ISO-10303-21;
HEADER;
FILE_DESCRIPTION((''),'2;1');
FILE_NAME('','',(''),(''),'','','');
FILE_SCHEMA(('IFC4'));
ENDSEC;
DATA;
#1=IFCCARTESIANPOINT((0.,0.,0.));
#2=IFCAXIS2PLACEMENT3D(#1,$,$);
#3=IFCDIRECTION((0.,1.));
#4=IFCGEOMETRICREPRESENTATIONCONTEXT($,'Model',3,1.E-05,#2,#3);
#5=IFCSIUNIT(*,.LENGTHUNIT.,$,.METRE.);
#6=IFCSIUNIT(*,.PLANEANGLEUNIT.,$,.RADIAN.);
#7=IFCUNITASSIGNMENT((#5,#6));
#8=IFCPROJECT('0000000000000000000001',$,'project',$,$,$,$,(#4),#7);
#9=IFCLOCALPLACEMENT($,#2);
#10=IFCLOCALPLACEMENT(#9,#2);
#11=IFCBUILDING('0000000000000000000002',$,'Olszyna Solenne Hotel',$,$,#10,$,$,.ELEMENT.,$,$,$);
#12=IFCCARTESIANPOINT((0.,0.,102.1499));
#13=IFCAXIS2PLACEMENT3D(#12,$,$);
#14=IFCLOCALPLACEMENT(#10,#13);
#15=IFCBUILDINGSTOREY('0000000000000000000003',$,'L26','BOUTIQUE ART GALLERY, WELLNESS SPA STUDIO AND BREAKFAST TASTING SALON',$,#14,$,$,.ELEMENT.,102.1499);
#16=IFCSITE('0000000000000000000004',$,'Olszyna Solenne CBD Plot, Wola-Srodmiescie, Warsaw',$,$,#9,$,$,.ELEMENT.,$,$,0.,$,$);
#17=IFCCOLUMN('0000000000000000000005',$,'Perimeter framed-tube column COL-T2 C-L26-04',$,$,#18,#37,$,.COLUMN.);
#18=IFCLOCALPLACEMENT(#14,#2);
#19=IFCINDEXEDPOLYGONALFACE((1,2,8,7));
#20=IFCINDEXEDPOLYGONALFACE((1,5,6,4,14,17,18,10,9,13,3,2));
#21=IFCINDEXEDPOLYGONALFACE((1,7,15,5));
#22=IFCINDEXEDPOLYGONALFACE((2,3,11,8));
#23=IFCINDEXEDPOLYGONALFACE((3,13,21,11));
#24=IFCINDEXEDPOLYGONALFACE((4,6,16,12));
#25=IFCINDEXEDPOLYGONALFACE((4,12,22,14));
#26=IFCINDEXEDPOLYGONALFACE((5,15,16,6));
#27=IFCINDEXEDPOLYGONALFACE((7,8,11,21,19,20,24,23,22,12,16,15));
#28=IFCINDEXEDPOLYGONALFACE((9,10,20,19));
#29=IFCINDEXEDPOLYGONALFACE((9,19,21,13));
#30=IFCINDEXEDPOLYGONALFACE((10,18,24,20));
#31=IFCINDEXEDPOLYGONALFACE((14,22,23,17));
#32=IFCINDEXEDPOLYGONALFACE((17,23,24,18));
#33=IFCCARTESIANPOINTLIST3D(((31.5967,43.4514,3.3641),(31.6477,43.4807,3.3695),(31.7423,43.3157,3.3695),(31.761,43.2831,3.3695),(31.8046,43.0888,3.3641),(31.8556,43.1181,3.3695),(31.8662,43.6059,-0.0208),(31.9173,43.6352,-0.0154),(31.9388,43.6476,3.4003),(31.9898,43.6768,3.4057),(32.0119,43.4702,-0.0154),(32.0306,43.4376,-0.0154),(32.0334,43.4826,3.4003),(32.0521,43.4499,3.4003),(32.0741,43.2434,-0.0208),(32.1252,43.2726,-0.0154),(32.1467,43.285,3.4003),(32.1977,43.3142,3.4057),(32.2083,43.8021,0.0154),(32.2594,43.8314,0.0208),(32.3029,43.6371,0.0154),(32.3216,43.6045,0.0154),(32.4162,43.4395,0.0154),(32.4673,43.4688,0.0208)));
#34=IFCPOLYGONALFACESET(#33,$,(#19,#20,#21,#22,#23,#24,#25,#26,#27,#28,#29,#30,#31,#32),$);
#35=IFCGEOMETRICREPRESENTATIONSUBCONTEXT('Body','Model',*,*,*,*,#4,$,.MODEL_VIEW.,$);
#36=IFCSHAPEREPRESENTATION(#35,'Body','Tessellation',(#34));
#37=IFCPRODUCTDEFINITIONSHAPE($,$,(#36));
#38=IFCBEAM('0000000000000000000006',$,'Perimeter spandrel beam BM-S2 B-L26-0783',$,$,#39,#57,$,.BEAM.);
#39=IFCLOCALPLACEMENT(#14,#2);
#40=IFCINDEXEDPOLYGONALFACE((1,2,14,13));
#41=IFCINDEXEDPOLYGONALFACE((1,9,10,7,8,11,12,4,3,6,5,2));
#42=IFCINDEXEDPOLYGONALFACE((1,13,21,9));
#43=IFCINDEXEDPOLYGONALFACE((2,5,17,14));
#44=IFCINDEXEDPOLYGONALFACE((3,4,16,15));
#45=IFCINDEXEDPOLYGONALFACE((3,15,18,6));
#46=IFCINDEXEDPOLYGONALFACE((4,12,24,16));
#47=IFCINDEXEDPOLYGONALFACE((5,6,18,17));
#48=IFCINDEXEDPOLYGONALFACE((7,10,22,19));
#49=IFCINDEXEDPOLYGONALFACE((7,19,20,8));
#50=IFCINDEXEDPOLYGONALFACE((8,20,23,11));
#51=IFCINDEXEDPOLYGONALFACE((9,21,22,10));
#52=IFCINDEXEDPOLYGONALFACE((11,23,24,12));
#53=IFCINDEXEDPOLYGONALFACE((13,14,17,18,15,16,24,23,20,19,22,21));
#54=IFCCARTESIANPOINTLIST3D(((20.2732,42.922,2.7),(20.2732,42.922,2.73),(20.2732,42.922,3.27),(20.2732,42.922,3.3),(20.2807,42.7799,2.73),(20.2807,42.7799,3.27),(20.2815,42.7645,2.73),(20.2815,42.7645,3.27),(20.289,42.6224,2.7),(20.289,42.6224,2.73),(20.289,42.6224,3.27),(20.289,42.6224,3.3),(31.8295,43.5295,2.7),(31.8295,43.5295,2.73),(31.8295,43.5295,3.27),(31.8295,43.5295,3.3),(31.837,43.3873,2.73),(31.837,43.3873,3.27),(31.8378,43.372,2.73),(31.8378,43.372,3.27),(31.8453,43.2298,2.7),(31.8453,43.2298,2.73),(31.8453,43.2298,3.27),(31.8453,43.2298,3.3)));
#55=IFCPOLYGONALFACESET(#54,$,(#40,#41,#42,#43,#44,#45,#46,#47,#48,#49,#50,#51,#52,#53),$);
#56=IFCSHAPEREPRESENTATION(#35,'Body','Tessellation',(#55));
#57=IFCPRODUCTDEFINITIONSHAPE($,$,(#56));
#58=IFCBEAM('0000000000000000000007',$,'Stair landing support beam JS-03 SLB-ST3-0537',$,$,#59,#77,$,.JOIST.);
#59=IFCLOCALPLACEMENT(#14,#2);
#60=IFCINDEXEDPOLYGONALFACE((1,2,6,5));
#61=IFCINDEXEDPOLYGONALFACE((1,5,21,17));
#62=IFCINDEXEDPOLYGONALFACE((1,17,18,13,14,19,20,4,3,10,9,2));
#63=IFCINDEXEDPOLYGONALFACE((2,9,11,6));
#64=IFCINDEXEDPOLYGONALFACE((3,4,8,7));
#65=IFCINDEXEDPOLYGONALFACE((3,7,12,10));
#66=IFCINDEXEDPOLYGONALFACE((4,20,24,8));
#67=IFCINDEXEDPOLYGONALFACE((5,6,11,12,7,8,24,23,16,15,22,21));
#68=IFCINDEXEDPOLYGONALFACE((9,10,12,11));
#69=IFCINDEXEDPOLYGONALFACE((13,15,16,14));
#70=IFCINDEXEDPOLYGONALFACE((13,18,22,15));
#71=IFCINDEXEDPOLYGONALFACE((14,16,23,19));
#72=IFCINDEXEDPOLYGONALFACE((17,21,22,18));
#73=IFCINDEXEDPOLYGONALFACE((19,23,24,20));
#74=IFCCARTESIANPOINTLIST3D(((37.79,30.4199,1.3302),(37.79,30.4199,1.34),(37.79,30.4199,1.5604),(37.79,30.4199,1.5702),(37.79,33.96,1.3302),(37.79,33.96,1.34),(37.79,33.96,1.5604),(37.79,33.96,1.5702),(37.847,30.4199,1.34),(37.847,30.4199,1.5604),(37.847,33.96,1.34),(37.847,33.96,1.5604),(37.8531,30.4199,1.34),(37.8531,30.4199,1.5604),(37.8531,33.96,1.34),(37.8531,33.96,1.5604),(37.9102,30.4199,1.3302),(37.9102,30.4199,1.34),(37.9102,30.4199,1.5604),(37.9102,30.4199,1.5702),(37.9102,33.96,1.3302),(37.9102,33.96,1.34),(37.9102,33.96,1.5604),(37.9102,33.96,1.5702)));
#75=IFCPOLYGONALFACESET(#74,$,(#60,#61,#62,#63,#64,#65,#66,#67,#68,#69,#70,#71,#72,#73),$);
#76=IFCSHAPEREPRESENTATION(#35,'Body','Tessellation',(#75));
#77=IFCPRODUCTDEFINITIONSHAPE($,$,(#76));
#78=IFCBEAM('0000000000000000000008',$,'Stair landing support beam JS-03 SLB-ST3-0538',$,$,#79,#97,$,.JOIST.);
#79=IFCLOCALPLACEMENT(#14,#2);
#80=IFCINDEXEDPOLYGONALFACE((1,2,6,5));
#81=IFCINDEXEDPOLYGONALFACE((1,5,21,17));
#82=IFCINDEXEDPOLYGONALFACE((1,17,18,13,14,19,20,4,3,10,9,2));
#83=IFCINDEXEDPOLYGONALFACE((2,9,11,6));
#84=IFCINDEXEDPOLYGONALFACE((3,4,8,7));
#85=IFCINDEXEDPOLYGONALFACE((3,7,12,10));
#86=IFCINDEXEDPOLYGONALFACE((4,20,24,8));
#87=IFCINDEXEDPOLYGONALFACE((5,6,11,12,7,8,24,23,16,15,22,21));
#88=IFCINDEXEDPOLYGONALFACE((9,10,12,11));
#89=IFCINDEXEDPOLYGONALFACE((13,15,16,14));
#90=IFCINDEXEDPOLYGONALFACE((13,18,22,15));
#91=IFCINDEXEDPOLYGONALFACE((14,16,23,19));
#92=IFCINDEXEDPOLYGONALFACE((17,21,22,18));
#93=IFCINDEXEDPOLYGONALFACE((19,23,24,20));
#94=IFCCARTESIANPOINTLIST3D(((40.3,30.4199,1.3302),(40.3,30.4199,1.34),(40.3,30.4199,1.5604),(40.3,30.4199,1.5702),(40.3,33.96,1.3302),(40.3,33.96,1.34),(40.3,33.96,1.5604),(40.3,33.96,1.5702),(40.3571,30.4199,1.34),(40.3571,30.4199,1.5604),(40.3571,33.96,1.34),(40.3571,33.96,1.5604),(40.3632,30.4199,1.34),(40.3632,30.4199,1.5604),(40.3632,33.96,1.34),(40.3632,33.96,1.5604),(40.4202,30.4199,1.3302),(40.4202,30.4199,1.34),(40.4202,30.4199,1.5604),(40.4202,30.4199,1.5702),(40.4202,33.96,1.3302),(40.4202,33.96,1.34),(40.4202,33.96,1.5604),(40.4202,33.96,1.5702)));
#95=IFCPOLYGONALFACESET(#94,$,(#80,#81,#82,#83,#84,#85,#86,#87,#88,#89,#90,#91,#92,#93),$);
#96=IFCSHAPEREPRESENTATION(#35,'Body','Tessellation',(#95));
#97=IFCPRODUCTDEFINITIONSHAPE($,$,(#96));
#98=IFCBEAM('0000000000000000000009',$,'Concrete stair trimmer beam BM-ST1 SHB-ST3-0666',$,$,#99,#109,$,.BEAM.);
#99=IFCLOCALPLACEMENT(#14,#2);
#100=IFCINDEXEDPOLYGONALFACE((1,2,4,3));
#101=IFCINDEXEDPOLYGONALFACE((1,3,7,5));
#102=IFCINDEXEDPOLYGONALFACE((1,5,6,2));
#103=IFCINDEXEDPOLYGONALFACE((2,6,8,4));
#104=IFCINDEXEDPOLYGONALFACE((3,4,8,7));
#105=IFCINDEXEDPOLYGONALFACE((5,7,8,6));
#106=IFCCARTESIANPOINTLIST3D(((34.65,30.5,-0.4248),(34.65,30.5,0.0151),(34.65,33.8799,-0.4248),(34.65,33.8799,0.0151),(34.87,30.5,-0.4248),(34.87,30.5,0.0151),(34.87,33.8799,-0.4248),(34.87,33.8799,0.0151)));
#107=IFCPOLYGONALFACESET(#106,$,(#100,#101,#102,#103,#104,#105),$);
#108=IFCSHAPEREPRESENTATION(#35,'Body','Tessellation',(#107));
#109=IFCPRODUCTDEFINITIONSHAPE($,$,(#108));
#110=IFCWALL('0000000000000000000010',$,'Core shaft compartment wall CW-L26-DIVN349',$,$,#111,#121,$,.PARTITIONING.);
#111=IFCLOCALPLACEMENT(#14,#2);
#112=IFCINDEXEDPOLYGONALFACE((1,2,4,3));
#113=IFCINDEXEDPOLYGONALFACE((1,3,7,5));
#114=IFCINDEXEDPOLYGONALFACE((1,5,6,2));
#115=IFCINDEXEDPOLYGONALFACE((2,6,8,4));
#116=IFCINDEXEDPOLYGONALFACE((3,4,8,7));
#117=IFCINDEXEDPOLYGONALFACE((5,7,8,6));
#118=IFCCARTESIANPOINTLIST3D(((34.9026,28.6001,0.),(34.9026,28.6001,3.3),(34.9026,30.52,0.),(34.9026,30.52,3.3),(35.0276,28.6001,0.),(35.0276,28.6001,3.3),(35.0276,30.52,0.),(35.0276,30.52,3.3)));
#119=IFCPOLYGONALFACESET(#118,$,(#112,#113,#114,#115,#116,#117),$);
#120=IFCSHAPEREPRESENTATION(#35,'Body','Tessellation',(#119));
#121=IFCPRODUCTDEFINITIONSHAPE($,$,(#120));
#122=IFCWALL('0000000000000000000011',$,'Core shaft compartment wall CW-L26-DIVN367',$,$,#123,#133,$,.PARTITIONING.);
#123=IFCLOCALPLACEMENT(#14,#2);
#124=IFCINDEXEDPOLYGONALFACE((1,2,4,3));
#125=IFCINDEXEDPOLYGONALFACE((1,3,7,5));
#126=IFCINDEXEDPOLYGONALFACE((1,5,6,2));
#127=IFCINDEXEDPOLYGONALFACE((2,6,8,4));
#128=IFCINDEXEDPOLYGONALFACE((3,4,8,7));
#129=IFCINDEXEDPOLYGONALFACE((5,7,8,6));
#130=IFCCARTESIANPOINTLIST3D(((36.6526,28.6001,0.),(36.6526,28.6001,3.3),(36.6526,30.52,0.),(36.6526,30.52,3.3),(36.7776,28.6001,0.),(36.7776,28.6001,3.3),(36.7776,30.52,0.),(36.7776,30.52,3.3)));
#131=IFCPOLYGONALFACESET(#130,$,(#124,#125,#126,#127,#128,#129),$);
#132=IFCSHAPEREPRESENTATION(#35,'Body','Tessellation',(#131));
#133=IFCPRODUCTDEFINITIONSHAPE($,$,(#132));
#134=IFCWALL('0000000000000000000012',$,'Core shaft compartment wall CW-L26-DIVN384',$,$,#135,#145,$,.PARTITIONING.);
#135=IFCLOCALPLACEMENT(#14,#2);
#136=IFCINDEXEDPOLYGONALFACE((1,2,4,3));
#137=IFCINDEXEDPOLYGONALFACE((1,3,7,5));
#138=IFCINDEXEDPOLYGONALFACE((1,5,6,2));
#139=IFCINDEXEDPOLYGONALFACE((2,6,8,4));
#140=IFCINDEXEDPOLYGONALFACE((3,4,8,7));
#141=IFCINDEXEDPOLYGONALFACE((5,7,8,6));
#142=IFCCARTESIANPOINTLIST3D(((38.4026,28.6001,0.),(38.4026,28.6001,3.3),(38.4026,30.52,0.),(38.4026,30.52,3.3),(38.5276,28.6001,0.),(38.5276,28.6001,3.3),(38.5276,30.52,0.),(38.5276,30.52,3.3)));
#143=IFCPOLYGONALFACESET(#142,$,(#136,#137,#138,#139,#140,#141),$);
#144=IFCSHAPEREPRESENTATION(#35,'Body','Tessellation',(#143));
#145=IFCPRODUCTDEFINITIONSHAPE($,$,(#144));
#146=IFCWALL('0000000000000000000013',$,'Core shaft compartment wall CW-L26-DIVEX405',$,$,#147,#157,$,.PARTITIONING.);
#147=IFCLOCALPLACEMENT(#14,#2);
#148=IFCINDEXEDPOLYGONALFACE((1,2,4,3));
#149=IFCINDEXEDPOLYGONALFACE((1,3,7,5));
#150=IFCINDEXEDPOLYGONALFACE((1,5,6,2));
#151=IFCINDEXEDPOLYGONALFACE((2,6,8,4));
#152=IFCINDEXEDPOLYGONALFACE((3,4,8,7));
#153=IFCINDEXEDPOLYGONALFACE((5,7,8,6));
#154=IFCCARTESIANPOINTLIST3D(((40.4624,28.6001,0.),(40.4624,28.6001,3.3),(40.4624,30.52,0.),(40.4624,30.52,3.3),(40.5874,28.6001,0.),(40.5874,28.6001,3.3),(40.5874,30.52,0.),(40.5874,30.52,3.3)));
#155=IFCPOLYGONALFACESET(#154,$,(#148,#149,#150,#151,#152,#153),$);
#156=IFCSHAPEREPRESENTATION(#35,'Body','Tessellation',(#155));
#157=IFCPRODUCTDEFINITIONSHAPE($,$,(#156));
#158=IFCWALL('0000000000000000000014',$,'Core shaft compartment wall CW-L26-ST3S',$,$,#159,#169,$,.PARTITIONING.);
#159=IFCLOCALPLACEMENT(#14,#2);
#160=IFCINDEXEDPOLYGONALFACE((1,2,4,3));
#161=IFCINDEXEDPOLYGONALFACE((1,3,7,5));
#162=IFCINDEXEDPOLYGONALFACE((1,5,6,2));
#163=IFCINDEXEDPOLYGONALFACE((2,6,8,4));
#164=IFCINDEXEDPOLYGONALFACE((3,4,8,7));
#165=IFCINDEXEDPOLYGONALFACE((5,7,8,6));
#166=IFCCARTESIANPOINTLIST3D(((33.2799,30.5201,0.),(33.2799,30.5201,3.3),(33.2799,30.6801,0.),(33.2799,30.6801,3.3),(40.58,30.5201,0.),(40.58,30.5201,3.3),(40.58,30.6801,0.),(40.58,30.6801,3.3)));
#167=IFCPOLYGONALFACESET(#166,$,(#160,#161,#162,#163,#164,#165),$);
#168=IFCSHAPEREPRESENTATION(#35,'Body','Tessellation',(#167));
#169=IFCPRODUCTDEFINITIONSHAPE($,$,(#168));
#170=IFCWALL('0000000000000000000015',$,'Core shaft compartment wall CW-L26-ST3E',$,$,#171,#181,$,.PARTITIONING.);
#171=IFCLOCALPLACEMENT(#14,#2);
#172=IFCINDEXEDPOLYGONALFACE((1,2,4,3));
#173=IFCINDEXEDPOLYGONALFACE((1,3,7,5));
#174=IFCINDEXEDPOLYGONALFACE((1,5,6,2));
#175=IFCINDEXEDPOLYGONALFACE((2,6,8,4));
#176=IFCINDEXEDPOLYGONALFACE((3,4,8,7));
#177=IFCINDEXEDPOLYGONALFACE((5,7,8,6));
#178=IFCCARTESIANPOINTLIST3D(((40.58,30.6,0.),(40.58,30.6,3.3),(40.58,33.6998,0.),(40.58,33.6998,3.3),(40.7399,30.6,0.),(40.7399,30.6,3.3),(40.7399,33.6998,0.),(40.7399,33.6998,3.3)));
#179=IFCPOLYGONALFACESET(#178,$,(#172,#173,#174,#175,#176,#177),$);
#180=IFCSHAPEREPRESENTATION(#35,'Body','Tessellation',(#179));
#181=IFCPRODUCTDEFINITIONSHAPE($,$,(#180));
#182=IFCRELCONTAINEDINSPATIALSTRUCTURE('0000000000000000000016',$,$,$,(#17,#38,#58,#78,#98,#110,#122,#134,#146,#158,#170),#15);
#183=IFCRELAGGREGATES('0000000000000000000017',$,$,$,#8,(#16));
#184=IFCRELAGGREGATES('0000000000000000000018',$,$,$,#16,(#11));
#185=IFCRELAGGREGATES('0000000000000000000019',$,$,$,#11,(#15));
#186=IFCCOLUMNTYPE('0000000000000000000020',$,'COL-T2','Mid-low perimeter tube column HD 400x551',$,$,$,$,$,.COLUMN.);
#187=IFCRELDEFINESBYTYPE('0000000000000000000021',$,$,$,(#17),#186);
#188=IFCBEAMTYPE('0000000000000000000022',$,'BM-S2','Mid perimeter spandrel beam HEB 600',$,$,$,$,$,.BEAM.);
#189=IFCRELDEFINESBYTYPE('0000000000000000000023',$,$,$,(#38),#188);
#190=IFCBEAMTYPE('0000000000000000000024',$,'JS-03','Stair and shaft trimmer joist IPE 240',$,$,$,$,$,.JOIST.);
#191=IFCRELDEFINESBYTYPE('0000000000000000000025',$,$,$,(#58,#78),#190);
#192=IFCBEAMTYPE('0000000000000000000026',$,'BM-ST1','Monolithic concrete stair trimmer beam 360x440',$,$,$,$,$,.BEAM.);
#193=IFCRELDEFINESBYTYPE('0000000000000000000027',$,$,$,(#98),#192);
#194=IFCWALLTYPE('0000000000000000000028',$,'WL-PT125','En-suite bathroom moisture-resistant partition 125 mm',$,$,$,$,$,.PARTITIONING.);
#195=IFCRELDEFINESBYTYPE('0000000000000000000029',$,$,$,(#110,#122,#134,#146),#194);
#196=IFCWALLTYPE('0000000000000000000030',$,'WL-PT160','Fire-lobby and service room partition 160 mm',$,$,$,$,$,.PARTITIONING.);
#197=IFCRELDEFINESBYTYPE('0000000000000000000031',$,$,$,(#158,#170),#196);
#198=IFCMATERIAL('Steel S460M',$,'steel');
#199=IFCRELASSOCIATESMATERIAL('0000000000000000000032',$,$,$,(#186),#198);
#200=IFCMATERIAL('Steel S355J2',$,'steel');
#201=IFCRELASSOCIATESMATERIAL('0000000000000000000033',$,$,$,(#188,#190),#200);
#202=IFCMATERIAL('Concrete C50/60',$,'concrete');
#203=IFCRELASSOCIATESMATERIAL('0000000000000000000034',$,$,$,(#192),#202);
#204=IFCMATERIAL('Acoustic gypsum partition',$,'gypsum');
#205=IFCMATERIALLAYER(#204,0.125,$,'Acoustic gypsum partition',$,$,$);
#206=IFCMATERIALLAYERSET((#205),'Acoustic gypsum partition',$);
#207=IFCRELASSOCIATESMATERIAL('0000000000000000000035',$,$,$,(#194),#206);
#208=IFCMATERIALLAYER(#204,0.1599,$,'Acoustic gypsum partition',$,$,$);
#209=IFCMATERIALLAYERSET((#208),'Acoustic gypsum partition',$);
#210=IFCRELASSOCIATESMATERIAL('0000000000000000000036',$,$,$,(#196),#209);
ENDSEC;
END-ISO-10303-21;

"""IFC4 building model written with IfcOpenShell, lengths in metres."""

from ifc_helpers import new_model, si_unit, direction, frame, frame_2d, origin, origin_2d, place, context, subcontext, project, spatial, rectangle, i_section, extrude, source, transform, mapped, material, layer, layer_set, material_profile, profile_set, type_object, element, save


model = new_model("IFC4")

# Units and contexts
model_context = context("Model", 3, precision=1e-05, world=origin(), true_north=direction((0.0, 1.0)))
body_context = subcontext(model_context, "Body", "Model", "MODEL_VIEW")
ifc_project = project(units=[si_unit("LENGTHUNIT", "METRE"), si_unit("PLANEANGLEUNIT", "RADIAN")], contexts=[model_context])

# Site, building, storey
site_placement = place(None, origin())
site = spatial("IfcSite", under=ifc_project, at=site_placement, Name="Olszyna Solenne CBD Plot, Wola-Srodmiescie, Warsaw", CompositionType="ELEMENT", RefElevation=0.0)
building_placement = place(site_placement, origin())
building = spatial("IfcBuilding", under=site, at=building_placement, Name="Olszyna Solenne Hotel", CompositionType="ELEMENT")
storey_placement = place(building_placement, frame((0.0, 0.0, 102.1499)))
storey = spatial("IfcBuildingStorey", under=building, at=storey_placement, Name="L26", Description="BOUTIQUE ART GALLERY, WELLNESS SPA STUDIO AND BREAKFAST TASTING SALON", CompositionType="ELEMENT", Elevation=102.1499)

# Column
ifc_material_1 = material(Name="Steel S460M", Category="steel")
ifc_material_profile_1 = material_profile(ifc_material_1, i_section(OverallWidth=0.418, OverallDepth=0.4551, WebThickness=0.0376, FlangeThickness=0.0591, at=origin_2d()), Name="HD 400x551", Category="load-bearing")
ifc_profile_set_1 = profile_set([ifc_material_profile_1], Name="Steel S460M")
column_type = type_object("IfcColumnType", Name="COL-T2", Description="Mid-low perimeter tube column HD 400x551", PredefinedType="COLUMN", material=ifc_profile_set_1)
shared_shape_1 = source(origin(), body_context, "Body", "SweptSolid", [
    extrude(i_section(OverallWidth=0.418, OverallDepth=0.4551, WebThickness=0.0376, FlangeThickness=0.0591, at=origin_2d()), origin(), (0.0, 0.0, 1.0), 3.3992),
])
column_placement = place(storey_placement, frame((32.1667, 43.5374, 0.0), z_axis=(-0.079292, -0.045463, 0.995814), x_axis=(0.497408, -0.867517, 0.0)))
element("IfcColumn", 1, at=column_placement, inside=storey, type_object=column_type, Name="Perimeter framed-tube column COL-T2 C-L26-04", PredefinedType="COLUMN", context=body_context, shape_type="MappedRepresentation", body=[
    mapped(shared_shape_1, transform((0.0, 0.0, 0.0), x_axis=(1.0, 0.0, 0.0), y_axis=(0.0, 1.0, 0.0), z_axis=(0.0, 0.0, 1.0), scale=1.0)),
])

# Beams
ifc_material_2 = material(Name="Steel S355J2", Category="steel")
ifc_material_profile_2 = material_profile(ifc_material_2, i_section(OverallWidth=0.3, OverallDepth=0.6001, WebThickness=0.0154, FlangeThickness=0.03, at=origin_2d()), Name="HEB 600", Category="load-bearing")
ifc_profile_set_2 = profile_set([ifc_material_profile_2], Name="Steel S355J2")
beam_type_1 = type_object("IfcBeamType", Name="BM-S2", Description="Mid perimeter spandrel beam HEB 600", PredefinedType="BEAM", material=ifc_profile_set_2)
shared_shape_2 = source(origin(), body_context, "Body", "SweptSolid", [
    extrude(i_section(OverallWidth=0.3, OverallDepth=0.6001, WebThickness=0.0154, FlangeThickness=0.03, at=origin_2d()), origin(), (0.0, 0.0, 1.0), 11.5723),
])
beam_1_placement = place(storey_placement, frame((31.8374, 43.3796, 3.0), z_axis=(-0.998621, -0.052489, 0.0), x_axis=(0.052489, -0.998621, 0.0)))
element("IfcBeam", 2, at=beam_1_placement, inside=storey, type_object=beam_type_1, Name="Perimeter spandrel beam BM-S2 B-L26-0783", PredefinedType="BEAM", context=body_context, shape_type="MappedRepresentation", body=[
    mapped(shared_shape_2, transform((0.0, 0.0, 0.0), x_axis=(1.0, 0.0, 0.0), y_axis=(0.0, 1.0, 0.0), z_axis=(0.0, 0.0, 1.0), scale=1.0)),
])
ifc_material_profile_3 = material_profile(ifc_material_2, i_section(OverallWidth=0.1201, OverallDepth=0.24, WebThickness=0.0061, FlangeThickness=0.0098, at=origin_2d()), Name="IPE 240", Category="load-bearing")
ifc_profile_set_3 = profile_set([ifc_material_profile_3], Name="Steel S355J2")
beam_type_2 = type_object("IfcBeamType", Name="JS-03", Description="Stair and shaft trimmer joist IPE 240", PredefinedType="JOIST", material=ifc_profile_set_3)
shared_shape_3 = source(origin(), body_context, "Body", "SweptSolid", [
    extrude(i_section(OverallWidth=0.1201, OverallDepth=0.24, WebThickness=0.0061, FlangeThickness=0.0098, at=origin_2d()), origin(), (0.0, 0.0, 1.0), 3.54),
])
for number, where, z_axis, x_axis, name in (
    (3, (37.8501, 30.4199, 1.4502), (0.0, 1.0, 0.0), (-1.0, 0.0, 0.0), "Stair landing support beam JS-03 SLB-ST3-0537"),
    (4, (40.3601, 30.4199, 1.4502), (0.0, 1.0, 0.0), (-1.0, 0.0, 0.0), "Stair landing support beam JS-03 SLB-ST3-0538"),
):
    element("IfcBeam", number, at=place(storey_placement, frame(where, z_axis=z_axis, x_axis=x_axis)), inside=storey, type_object=beam_type_2, Name=name, PredefinedType="JOIST", context=body_context, shape_type="MappedRepresentation", body=[
        mapped(shared_shape_3, transform((0.0, 0.0, 0.0), x_axis=(1.0, 0.0, 0.0), y_axis=(0.0, 1.0, 0.0), z_axis=(0.0, 0.0, 1.0), scale=1.0)),
    ])
ifc_material_3 = material(Name="Concrete C50/60", Category="concrete")
ifc_material_profile_4 = material_profile(ifc_material_3, rectangle(XDim=0.22, YDim=0.4399, at=origin_2d()), Name="RC 220x440", Category="load-bearing")
ifc_profile_set_4 = profile_set([ifc_material_profile_4], Name="Concrete C50/60")
beam_type_3 = type_object("IfcBeamType", Name="BM-ST1", Description="Monolithic concrete stair trimmer beam 360x440", PredefinedType="BEAM", material=ifc_profile_set_4)
shared_shape_4 = source(origin(), body_context, "Body", "SweptSolid", [
    extrude(rectangle(XDim=0.22, YDim=0.4399, at=origin_2d()), origin(), (0.0, 0.0, 1.0), 3.3799),
])
beam_2_placement = place(storey_placement, frame((34.76, 30.5, -0.2048), z_axis=(0.0, 1.0, 0.0), x_axis=(-1.0, 0.0, 0.0)))
element("IfcBeam", 5, at=beam_2_placement, inside=storey, type_object=beam_type_3, Name="Concrete stair trimmer beam BM-ST1 SHB-ST3-0666", PredefinedType="BEAM", context=body_context, shape_type="MappedRepresentation", body=[
    mapped(shared_shape_4, transform((0.0, 0.0, 0.0), x_axis=(1.0, 0.0, 0.0), y_axis=(0.0, 1.0, 0.0), z_axis=(0.0, 0.0, 1.0), scale=1.0)),
])

# Walls
ifc_material_4 = material(Name="Acoustic gypsum partition", Category="gypsum")
ifc_layer_1 = layer(ifc_material_4, 0.125, Name="Acoustic gypsum partition")
ifc_layer_set_1 = layer_set([ifc_layer_1], Name="Acoustic gypsum partition")
wall_type_1 = type_object("IfcWallType", Name="WL-PT125", Description="En-suite bathroom moisture-resistant partition 125 mm", PredefinedType="PARTITIONING", material=ifc_layer_set_1)
for number, where, z_axis, x_axis, name in (
    (6, (34.9651, 28.6001, 0.0), (0.0, 0.0, 1.0), (0.0, 1.0, 0.0), "Core shaft compartment wall CW-L26-DIVN349"),
    (7, (36.7151, 28.6001, 0.0), (0.0, 0.0, 1.0), (0.0, 1.0, 0.0), "Core shaft compartment wall CW-L26-DIVN367"),
    (8, (38.4651, 28.6001, 0.0), (0.0, 0.0, 1.0), (0.0, 1.0, 0.0), "Core shaft compartment wall CW-L26-DIVN384"),
    (9, (40.5249, 28.6001, 0.0), (0.0, 0.0, 1.0), (0.0, 1.0, 0.0), "Core shaft compartment wall CW-L26-DIVEX405"),
):
    element("IfcWall", number, at=place(storey_placement, frame(where, z_axis=z_axis, x_axis=x_axis)), inside=storey, type_object=wall_type_1, Name=name, PredefinedType="PARTITIONING", context=body_context, shape_type="SweptSolid", body=[
        extrude(rectangle(XDim=1.9199, YDim=0.125, at=frame_2d((0.96, 0.0))), origin(), (0.0, 0.0, 1.0), 3.3),
    ])
ifc_layer_2 = layer(ifc_material_4, 0.1599, Name="Acoustic gypsum partition")
ifc_layer_set_2 = layer_set([ifc_layer_2], Name="Acoustic gypsum partition")
wall_type_2 = type_object("IfcWallType", Name="WL-PT160", Description="Fire-lobby and service room partition 160 mm", PredefinedType="PARTITIONING", material=ifc_layer_set_2)
wall_1_placement = place(storey_placement, frame((33.28, 30.6001, 0.0), z_axis=(0.0, 0.0, 1.0), x_axis=(1.0, 0.0, 0.0)))
element("IfcWall", 10, at=wall_1_placement, inside=storey, type_object=wall_type_2, Name="Core shaft compartment wall CW-L26-ST3S", PredefinedType="PARTITIONING", context=body_context, shape_type="SweptSolid", body=[
    extrude(rectangle(XDim=7.3, YDim=0.1599, at=frame_2d((3.6499, 0.0))), origin(), (0.0, 0.0, 1.0), 3.3),
])
wall_2_placement = place(storey_placement, frame((40.6599, 30.6001, 0.0), z_axis=(0.0, 0.0, 1.0), x_axis=(0.0, 1.0, 0.0)))
element("IfcWall", 11, at=wall_2_placement, inside=storey, type_object=wall_type_2, Name="Core shaft compartment wall CW-L26-ST3E", PredefinedType="PARTITIONING", context=body_context, shape_type="SweptSolid", body=[
    extrude(rectangle(XDim=3.0999, YDim=0.1599, at=frame_2d((1.5498, 0.0))), origin(), (0.0, 0.0, 1.0), 3.3),
])

save(model, "model.ifc")
